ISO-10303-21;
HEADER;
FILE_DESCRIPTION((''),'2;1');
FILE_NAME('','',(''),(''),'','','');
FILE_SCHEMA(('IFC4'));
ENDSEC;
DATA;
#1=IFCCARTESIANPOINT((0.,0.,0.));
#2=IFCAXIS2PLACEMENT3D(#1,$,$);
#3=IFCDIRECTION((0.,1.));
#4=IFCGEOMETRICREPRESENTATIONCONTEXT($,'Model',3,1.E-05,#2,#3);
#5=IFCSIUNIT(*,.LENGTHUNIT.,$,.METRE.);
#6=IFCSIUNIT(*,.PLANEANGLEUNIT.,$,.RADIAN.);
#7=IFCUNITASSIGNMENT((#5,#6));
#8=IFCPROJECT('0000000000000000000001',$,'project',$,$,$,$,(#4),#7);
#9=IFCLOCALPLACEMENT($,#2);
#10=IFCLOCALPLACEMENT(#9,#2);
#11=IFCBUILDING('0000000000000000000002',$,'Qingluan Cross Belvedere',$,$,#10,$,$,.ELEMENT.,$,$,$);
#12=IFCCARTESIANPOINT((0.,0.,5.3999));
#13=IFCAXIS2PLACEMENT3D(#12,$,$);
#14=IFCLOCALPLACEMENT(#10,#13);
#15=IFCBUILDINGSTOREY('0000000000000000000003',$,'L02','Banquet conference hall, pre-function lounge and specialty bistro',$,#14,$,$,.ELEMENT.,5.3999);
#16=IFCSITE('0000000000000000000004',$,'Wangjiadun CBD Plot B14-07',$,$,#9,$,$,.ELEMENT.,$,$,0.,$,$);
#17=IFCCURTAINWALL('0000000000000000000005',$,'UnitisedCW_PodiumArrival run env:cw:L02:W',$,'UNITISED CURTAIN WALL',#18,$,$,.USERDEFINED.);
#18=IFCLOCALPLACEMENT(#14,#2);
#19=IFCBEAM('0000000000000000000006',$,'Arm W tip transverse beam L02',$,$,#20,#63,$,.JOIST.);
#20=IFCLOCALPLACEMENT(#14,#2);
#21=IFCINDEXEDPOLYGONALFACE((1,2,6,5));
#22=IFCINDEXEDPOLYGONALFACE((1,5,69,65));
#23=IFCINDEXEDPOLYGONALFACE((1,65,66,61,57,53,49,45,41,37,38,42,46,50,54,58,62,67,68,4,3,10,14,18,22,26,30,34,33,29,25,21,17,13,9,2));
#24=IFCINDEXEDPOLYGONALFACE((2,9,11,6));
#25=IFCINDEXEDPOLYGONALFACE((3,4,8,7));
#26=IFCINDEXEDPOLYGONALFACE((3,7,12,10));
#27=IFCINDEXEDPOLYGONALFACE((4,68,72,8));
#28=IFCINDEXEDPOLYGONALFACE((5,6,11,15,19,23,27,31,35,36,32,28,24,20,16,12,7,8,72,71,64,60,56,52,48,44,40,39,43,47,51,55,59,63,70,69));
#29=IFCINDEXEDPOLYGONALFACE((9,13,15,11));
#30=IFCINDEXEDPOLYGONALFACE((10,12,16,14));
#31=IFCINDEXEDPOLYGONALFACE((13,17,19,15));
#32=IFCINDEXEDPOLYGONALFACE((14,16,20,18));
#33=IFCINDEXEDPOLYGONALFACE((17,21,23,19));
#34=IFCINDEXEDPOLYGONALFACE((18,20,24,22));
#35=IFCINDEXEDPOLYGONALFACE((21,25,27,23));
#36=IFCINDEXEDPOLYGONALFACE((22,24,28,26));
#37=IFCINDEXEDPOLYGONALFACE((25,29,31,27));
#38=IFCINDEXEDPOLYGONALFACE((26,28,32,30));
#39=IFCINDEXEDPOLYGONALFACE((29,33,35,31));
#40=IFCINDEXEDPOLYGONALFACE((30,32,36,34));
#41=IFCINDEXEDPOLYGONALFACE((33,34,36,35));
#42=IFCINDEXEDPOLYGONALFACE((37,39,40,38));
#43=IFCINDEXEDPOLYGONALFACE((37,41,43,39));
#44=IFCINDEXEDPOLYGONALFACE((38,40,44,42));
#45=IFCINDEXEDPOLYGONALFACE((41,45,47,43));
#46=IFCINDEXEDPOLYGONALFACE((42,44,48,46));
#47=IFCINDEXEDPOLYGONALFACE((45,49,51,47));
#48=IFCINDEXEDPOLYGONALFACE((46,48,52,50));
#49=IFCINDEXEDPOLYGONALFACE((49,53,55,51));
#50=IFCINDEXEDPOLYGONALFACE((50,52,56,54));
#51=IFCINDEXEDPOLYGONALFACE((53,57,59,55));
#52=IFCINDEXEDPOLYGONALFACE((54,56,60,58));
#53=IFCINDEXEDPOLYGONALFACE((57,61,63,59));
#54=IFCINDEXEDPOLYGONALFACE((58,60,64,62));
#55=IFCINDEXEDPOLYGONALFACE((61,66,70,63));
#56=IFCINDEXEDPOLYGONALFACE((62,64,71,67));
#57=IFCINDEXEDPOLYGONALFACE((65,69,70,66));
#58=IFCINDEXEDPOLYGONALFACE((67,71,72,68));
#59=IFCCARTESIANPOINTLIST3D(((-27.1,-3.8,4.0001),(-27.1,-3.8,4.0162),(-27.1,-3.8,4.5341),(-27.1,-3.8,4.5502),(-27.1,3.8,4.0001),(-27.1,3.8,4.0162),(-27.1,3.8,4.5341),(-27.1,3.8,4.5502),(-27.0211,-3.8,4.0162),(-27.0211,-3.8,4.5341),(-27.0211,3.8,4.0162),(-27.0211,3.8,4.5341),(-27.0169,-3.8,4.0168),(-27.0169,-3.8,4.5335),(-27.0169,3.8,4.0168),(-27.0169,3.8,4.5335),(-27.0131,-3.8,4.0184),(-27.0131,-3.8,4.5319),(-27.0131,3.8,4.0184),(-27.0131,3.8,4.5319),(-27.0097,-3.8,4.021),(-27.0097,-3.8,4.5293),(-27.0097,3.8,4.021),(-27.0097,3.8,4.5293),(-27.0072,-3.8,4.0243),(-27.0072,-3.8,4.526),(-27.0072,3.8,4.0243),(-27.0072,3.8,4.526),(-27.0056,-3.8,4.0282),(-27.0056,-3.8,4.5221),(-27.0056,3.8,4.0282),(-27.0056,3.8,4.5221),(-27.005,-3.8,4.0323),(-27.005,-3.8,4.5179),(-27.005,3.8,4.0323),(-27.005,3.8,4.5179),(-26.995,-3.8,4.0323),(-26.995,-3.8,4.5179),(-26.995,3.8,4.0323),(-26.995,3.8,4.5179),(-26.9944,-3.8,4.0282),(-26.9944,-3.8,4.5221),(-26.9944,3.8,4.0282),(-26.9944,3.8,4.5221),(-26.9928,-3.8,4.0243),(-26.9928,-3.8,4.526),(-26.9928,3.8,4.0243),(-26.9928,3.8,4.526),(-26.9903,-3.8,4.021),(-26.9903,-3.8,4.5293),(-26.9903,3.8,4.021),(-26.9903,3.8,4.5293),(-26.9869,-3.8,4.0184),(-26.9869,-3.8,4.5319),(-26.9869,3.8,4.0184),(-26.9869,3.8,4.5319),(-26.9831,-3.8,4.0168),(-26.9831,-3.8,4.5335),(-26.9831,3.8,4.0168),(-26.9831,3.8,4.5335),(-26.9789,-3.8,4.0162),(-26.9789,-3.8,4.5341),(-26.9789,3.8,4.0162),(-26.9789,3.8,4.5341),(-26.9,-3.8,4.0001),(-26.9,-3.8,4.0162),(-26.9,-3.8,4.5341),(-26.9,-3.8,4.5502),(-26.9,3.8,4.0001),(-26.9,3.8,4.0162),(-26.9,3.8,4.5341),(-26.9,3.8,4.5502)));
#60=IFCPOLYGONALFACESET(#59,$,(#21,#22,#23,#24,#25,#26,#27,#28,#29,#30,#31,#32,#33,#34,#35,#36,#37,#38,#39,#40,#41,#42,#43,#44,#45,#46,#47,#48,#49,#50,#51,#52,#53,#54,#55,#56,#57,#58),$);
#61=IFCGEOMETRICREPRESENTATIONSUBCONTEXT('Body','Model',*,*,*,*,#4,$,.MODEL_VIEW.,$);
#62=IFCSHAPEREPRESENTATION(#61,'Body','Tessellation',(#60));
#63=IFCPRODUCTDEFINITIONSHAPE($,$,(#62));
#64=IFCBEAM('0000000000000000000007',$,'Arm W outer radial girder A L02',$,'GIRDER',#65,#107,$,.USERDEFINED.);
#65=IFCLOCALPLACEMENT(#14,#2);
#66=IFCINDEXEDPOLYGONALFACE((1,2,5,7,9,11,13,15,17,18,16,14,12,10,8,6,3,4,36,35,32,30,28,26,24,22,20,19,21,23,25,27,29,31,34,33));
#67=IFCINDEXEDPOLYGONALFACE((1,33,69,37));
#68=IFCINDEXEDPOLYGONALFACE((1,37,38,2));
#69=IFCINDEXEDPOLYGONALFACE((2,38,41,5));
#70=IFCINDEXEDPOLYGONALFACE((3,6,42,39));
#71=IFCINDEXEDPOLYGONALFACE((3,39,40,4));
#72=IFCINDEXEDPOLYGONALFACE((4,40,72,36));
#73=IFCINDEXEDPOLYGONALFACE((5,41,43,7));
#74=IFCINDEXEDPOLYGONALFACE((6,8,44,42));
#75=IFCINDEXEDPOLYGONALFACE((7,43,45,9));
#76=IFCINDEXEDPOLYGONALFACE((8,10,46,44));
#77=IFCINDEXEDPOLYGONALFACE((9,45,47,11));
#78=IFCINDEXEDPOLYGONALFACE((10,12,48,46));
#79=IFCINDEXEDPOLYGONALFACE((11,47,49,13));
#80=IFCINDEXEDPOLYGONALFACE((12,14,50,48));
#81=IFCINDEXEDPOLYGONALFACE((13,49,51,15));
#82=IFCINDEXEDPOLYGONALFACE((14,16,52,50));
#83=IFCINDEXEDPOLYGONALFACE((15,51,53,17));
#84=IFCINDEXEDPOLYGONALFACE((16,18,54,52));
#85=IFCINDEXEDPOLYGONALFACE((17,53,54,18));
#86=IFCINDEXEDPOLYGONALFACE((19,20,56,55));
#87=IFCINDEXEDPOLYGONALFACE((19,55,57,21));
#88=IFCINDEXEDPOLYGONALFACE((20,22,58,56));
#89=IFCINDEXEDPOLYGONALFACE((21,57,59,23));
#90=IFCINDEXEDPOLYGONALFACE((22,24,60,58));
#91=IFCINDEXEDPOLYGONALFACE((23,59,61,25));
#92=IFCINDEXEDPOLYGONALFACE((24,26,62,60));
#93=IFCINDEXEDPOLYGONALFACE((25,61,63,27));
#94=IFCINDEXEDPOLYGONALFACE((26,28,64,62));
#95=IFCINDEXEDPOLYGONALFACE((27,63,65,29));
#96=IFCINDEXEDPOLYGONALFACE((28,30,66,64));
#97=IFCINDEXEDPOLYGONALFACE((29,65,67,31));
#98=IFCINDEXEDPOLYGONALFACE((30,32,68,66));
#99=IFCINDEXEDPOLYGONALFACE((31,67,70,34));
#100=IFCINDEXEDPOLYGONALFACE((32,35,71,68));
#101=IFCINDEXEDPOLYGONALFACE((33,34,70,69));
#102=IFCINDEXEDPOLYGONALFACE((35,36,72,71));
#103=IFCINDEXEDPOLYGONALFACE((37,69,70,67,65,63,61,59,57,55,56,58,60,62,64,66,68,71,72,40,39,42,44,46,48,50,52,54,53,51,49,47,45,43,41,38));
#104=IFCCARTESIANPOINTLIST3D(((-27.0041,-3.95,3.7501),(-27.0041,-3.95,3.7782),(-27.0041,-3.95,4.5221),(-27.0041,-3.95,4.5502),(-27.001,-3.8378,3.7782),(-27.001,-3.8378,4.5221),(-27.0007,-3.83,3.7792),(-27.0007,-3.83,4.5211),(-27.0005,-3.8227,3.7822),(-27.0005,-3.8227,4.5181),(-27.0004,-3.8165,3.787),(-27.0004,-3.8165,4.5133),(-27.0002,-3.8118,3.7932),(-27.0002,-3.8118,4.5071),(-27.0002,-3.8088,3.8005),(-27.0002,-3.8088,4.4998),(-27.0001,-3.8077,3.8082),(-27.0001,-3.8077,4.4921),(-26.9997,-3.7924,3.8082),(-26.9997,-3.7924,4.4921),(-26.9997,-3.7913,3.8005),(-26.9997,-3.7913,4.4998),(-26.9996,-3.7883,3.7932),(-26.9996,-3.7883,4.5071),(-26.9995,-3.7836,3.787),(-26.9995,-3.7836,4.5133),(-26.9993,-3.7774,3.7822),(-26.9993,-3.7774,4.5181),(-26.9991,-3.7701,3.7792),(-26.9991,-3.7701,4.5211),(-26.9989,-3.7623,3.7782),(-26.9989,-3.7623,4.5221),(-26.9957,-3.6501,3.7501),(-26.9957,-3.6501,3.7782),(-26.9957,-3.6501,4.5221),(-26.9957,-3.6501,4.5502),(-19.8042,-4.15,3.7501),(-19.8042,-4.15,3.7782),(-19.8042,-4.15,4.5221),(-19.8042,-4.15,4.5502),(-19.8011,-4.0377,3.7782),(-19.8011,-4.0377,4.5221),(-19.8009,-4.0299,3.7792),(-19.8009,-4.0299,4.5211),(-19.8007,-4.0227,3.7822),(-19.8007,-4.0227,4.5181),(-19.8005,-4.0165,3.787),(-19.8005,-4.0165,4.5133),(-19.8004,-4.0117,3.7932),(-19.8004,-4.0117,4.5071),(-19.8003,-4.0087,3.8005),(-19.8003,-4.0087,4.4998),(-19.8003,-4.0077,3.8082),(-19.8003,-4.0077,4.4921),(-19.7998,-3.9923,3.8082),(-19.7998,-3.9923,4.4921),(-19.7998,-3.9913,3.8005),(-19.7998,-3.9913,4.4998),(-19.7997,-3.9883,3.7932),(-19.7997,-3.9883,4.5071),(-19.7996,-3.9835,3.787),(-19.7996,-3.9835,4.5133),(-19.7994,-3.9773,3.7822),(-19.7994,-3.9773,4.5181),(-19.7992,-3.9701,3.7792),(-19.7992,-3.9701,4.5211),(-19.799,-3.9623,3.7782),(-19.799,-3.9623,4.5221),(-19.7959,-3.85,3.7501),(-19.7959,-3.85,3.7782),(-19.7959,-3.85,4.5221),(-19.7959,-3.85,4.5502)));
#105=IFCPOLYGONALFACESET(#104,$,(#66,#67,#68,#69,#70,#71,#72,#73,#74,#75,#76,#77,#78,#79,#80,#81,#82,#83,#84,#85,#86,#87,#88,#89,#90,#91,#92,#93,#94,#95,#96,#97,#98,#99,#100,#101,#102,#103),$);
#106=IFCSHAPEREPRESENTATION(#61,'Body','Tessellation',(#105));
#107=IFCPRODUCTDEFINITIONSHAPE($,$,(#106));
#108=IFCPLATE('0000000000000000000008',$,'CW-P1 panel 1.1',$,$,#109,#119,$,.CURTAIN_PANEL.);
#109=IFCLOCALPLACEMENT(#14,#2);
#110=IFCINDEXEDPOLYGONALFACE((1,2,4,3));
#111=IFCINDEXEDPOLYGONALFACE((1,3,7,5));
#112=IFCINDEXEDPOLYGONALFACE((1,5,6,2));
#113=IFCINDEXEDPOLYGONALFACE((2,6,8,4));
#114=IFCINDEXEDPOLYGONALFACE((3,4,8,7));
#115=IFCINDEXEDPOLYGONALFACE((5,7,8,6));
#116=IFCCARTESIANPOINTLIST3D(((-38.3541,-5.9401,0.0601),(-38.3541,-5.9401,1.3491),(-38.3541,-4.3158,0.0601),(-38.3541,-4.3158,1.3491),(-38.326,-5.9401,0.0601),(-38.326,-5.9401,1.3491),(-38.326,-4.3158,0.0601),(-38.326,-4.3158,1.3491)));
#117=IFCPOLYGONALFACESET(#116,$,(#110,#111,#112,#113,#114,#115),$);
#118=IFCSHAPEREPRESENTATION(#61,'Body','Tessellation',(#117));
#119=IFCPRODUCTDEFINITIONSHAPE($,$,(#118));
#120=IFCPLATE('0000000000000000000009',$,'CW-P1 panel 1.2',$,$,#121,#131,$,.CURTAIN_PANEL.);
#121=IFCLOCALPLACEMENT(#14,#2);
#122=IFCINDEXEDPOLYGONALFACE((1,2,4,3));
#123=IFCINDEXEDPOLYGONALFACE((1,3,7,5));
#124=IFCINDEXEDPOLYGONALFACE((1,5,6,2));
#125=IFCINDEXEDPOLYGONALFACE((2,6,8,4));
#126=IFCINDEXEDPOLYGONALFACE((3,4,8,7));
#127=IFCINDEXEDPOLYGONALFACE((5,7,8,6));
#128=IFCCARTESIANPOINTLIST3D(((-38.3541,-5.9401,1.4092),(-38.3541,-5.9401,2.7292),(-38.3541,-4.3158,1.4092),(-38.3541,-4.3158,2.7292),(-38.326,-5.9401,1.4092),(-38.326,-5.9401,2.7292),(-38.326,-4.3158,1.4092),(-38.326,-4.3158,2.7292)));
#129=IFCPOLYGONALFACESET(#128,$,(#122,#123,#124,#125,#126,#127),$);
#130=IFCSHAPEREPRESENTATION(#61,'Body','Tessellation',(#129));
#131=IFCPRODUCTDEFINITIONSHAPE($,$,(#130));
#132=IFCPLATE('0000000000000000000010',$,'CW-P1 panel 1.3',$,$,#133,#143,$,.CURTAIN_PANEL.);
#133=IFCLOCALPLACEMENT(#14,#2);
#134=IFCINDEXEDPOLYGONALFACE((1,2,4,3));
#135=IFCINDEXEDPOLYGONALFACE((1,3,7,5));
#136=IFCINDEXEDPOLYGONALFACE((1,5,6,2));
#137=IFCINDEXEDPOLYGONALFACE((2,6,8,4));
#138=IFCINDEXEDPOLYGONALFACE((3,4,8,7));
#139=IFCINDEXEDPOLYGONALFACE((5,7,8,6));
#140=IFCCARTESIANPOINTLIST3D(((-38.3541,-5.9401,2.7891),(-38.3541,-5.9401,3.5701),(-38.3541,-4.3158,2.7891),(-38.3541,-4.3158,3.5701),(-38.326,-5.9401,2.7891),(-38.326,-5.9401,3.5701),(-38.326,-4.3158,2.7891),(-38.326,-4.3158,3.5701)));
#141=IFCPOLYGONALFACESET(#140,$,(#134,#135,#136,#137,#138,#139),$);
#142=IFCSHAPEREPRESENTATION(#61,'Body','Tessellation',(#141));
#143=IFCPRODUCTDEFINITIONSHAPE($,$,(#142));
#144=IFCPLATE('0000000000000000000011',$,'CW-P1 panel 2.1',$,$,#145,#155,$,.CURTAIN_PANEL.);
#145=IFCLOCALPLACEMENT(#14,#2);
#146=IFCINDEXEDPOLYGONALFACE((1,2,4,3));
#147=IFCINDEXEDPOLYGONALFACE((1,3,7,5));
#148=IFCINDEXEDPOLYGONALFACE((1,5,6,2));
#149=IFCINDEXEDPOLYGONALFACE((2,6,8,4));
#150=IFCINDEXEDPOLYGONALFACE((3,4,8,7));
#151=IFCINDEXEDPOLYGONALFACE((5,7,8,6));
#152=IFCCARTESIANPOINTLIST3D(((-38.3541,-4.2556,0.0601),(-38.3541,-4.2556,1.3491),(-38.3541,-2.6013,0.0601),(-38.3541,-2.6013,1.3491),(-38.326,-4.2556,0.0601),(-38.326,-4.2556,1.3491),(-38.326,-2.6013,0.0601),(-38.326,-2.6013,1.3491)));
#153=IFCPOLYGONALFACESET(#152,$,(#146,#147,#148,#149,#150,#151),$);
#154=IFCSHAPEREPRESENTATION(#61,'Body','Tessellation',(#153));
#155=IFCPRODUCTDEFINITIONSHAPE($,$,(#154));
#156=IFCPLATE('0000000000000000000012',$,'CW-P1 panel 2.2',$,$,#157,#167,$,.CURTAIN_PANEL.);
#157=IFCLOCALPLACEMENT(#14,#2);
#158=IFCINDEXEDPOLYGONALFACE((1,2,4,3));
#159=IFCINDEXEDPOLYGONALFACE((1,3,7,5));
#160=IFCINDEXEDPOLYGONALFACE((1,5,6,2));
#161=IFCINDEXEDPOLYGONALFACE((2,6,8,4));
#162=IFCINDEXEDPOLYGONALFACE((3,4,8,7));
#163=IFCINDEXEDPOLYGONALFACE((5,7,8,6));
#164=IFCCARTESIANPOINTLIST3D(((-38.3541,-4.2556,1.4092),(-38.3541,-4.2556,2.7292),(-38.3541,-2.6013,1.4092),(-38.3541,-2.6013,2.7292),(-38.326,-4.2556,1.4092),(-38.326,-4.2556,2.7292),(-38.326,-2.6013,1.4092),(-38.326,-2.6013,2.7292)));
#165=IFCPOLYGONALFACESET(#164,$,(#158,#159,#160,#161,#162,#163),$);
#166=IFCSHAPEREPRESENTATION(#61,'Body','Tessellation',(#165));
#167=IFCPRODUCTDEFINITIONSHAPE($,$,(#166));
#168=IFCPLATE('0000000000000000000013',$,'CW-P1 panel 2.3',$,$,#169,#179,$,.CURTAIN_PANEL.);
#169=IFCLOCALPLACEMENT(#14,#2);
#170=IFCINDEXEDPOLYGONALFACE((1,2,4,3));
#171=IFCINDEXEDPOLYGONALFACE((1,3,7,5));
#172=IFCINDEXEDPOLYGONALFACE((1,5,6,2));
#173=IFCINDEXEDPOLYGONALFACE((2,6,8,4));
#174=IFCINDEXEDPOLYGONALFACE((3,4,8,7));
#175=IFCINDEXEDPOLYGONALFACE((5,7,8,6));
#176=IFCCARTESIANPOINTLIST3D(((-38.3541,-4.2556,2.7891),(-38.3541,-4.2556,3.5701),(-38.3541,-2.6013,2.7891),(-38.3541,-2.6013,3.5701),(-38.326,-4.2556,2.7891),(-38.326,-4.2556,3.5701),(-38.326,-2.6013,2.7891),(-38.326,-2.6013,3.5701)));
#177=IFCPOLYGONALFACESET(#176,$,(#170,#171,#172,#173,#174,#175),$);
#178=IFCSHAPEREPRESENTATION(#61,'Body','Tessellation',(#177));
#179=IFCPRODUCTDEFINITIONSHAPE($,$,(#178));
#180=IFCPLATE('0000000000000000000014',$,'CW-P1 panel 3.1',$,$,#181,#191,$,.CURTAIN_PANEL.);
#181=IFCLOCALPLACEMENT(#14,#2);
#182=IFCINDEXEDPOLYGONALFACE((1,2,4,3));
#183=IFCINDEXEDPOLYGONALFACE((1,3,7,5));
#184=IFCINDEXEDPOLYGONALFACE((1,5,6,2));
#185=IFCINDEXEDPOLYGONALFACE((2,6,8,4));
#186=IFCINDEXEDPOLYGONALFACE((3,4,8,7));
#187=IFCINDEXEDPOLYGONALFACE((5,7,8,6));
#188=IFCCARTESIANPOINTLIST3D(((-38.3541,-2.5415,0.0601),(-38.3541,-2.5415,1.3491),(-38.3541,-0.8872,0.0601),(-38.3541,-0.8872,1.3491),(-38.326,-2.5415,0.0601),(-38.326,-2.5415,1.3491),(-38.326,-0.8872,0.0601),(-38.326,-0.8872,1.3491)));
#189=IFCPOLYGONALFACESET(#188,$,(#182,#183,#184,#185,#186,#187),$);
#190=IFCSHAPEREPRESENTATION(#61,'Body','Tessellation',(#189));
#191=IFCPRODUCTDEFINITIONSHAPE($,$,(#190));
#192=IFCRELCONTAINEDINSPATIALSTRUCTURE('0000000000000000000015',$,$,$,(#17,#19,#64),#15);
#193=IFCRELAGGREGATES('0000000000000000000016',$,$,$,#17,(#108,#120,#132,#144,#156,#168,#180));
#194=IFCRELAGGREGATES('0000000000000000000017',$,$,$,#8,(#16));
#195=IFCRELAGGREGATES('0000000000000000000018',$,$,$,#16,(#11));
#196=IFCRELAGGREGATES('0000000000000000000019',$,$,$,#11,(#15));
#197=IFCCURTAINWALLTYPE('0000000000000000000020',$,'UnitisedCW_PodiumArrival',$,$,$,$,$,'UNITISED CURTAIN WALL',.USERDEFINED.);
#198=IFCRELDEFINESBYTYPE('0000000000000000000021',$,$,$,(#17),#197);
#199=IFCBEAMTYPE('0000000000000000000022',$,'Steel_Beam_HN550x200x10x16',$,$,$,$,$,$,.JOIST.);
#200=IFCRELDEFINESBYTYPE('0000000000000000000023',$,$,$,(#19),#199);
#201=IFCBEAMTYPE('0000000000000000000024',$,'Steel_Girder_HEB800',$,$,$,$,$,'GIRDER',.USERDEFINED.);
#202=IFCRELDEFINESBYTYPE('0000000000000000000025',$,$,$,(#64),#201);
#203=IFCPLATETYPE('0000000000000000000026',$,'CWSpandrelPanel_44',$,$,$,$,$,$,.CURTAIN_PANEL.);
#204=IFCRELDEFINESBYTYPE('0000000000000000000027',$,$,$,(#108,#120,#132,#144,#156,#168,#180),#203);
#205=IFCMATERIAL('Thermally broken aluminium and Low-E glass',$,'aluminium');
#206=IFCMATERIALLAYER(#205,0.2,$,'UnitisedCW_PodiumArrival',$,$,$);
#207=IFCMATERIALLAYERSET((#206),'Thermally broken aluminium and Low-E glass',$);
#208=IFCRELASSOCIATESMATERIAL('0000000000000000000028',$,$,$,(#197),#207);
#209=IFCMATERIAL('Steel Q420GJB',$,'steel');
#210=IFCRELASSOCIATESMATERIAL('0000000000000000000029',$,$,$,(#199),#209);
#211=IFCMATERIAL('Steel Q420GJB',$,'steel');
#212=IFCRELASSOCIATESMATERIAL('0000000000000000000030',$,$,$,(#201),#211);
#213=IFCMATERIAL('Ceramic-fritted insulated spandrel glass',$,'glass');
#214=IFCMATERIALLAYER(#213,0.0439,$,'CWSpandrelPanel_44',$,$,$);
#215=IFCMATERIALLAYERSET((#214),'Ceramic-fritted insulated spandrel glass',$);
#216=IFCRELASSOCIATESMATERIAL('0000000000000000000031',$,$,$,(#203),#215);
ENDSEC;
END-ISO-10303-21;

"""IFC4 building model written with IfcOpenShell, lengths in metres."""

from ifc_helpers import new_model, si_unit, direction, frame, origin, origin_2d, place, context, subcontext, project, spatial, rectangle, i_section, extrude, material, layer, layer_set, material_profile, profile_set, type_object, element, aggregate, save


model = new_model("IFC4")

# Units and contexts
model_context = context("Model", 3, precision=1e-05, world=origin(), true_north=direction((0.0, 1.0)))
body_context = subcontext(model_context, "Body", "Model", "MODEL_VIEW")
ifc_project = project(units=[si_unit("LENGTHUNIT", "METRE"), si_unit("PLANEANGLEUNIT", "RADIAN")], contexts=[model_context])

# Site, building, storey
site_placement = place(None, origin())
site = spatial("IfcSite", under=ifc_project, at=site_placement, Name="Wangjiadun CBD Plot B14-07", CompositionType="ELEMENT", RefElevation=0.0)
building_placement = place(site_placement, origin())
building = spatial("IfcBuilding", under=site, at=building_placement, Name="Qingluan Cross Belvedere", CompositionType="ELEMENT")
storey_placement = place(building_placement, frame((0.0, 0.0, 5.3999)))
storey = spatial("IfcBuildingStorey", under=building, at=storey_placement, Name="L02", Description="Banquet conference hall, pre-function lounge and specialty bistro", CompositionType="ELEMENT", Elevation=5.3999)

# Curtain wall
ifc_material_1 = material(Name="Thermally broken aluminium and Low-E glass", Category="aluminium")
ifc_layer_1 = layer(ifc_material_1, 0.2, Name="UnitisedCW_PodiumArrival")
ifc_layer_set_1 = layer_set([ifc_layer_1], Name="Thermally broken aluminium and Low-E glass")
curtain_wall_type = type_object("IfcCurtainWallType", Name="UnitisedCW_PodiumArrival", ElementType="UNITISED CURTAIN WALL", PredefinedType="USERDEFINED", material=ifc_layer_set_1)
curtain_wall_placement = place(storey_placement, origin())
curtain_wall = element("IfcCurtainWall", 1, at=curtain_wall_placement, inside=storey, type_object=curtain_wall_type, Name="UnitisedCW_PodiumArrival run env:cw:L02:W", ObjectType="UNITISED CURTAIN WALL", PredefinedType="USERDEFINED")

# Beams
ifc_material_2 = material(Name="Steel Q420GJB", Category="steel")
ifc_material_profile_1 = material_profile(ifc_material_2, i_section(OverallWidth=0.2, OverallDepth=0.55, WebThickness=0.01, FlangeThickness=0.0161, FilletRadius=0.0161, at=origin_2d()), Name="HN550x200x10x16")
ifc_profile_set_1 = profile_set([ifc_material_profile_1], Name="Steel Q420GJB")
beam_type_1 = type_object("IfcBeamType", Name="Steel_Beam_HN550x200x10x16", PredefinedType="JOIST", material=ifc_profile_set_1)
beam_1_placement = place(storey_placement, frame((-27.0, -3.8, 4.2751), z_axis=(0.0, 1.0, 0.0), x_axis=(-1.0, 0.0, 0.0)))
element("IfcBeam", 2, at=beam_1_placement, inside=storey, type_object=beam_type_1, Name="Arm W tip transverse beam L02", PredefinedType="JOIST", context=body_context, shape_type="SweptSolid", body=[
    extrude(i_section(OverallWidth=0.2, OverallDepth=0.55, WebThickness=0.01, FlangeThickness=0.0161, FilletRadius=0.0161, at=origin_2d()), origin(), (0.0, 0.0, 1.0), 7.6001),
])
ifc_material_3 = material(Name="Steel Q420GJB", Category="steel")
ifc_material_profile_2 = material_profile(ifc_material_3, i_section(OverallWidth=0.3, OverallDepth=0.8, WebThickness=0.0154, FlangeThickness=0.0281, FilletRadius=0.03, at=origin_2d()), Name="HEB800")
ifc_profile_set_2 = profile_set([ifc_material_profile_2], Name="Steel Q420GJB")
beam_type_2 = type_object("IfcBeamType", Name="Steel_Girder_HEB800", ElementType="GIRDER", PredefinedType="USERDEFINED", material=ifc_profile_set_2)
beam_2_placement = place(storey_placement, frame((-19.8, -4.0, 4.1501), z_axis=(-0.999615, 0.02776, 0.0), x_axis=(-0.02776, -0.999615, 0.0)))
element("IfcBeam", 3, at=beam_2_placement, inside=storey, type_object=beam_type_2, Name="Arm W outer radial girder A L02", ObjectType="GIRDER", PredefinedType="USERDEFINED", context=body_context, shape_type="SweptSolid", body=[
    extrude(i_section(OverallWidth=0.3, OverallDepth=0.8, WebThickness=0.0154, FlangeThickness=0.0281, FilletRadius=0.03, at=origin_2d()), origin(), (0.0, 0.0, 1.0), 7.2026),
])

# Plates
ifc_material_4 = material(Name="Ceramic-fritted insulated spandrel glass", Category="glass")
ifc_layer_2 = layer(ifc_material_4, 0.0439, Name="CWSpandrelPanel_44")
ifc_layer_set_2 = layer_set([ifc_layer_2], Name="Ceramic-fritted insulated spandrel glass")
plate_type = type_object("IfcPlateType", Name="CWSpandrelPanel_44", PredefinedType="CURTAIN_PANEL", material=ifc_layer_set_2)
plate_1_placement = place(storey_placement, frame((-38.3401, -5.1279, 0.0601), z_axis=(0.0, 0.0, 1.0), x_axis=(0.0, 1.0, 0.0)))
plate_1 = element("IfcPlate", 4, at=plate_1_placement, type_object=plate_type, Name="CW-P1 panel 1.1", PredefinedType="CURTAIN_PANEL", context=body_context, shape_type="SweptSolid", body=[
    extrude(rectangle(XDim=1.6243, YDim=0.0281, at=origin_2d()), origin(), (0.0, 0.0, 1.0), 1.2891),
])
plate_2_placement = place(storey_placement, frame((-38.3401, -5.1279, 1.4092), z_axis=(0.0, 0.0, 1.0), x_axis=(0.0, 1.0, 0.0)))
plate_2 = element("IfcPlate", 5, at=plate_2_placement, type_object=plate_type, Name="CW-P1 panel 1.2", PredefinedType="CURTAIN_PANEL", context=body_context, shape_type="SweptSolid", body=[
    extrude(rectangle(XDim=1.6243, YDim=0.0281, at=origin_2d()), origin(), (0.0, 0.0, 1.0), 1.3201),
])
plate_3_placement = place(storey_placement, frame((-38.3401, -5.1279, 2.7891), z_axis=(0.0, 0.0, 1.0), x_axis=(0.0, 1.0, 0.0)))
plate_3 = element("IfcPlate", 6, at=plate_3_placement, type_object=plate_type, Name="CW-P1 panel 1.3", PredefinedType="CURTAIN_PANEL", context=body_context, shape_type="SweptSolid", body=[
    extrude(rectangle(XDim=1.6243, YDim=0.0281, at=origin_2d()), origin(), (0.0, 0.0, 1.0), 0.781),
])
plate_4_placement = place(storey_placement, frame((-38.3401, -3.4285, 0.0601), z_axis=(0.0, 0.0, 1.0), x_axis=(0.0, 1.0, 0.0)))
plate_4 = element("IfcPlate", 7, at=plate_4_placement, type_object=plate_type, Name="CW-P1 panel 2.1", PredefinedType="CURTAIN_PANEL", context=body_context, shape_type="SweptSolid", body=[
    extrude(rectangle(XDim=1.6543, YDim=0.0281, at=origin_2d()), origin(), (0.0, 0.0, 1.0), 1.2891),
])
plate_5_placement = place(storey_placement, frame((-38.3401, -3.4285, 1.4092), z_axis=(0.0, 0.0, 1.0), x_axis=(0.0, 1.0, 0.0)))
plate_5 = element("IfcPlate", 8, at=plate_5_placement, type_object=plate_type, Name="CW-P1 panel 2.2", PredefinedType="CURTAIN_PANEL", context=body_context, shape_type="SweptSolid", body=[
    extrude(rectangle(XDim=1.6543, YDim=0.0281, at=origin_2d()), origin(), (0.0, 0.0, 1.0), 1.3201),
])
plate_6_placement = place(storey_placement, frame((-38.3401, -3.4285, 2.7891), z_axis=(0.0, 0.0, 1.0), x_axis=(0.0, 1.0, 0.0)))
plate_6 = element("IfcPlate", 9, at=plate_6_placement, type_object=plate_type, Name="CW-P1 panel 2.3", PredefinedType="CURTAIN_PANEL", context=body_context, shape_type="SweptSolid", body=[
    extrude(rectangle(XDim=1.6543, YDim=0.0281, at=origin_2d()), origin(), (0.0, 0.0, 1.0), 0.781),
])
plate_7_placement = place(storey_placement, frame((-38.3401, -1.7144, 0.0601), z_axis=(0.0, 0.0, 1.0), x_axis=(0.0, 1.0, 0.0)))
plate_7 = element("IfcPlate", 10, at=plate_7_placement, type_object=plate_type, Name="CW-P1 panel 3.1", PredefinedType="CURTAIN_PANEL", context=body_context, shape_type="SweptSolid", body=[
    extrude(rectangle(XDim=1.6543, YDim=0.0281, at=origin_2d()), origin(), (0.0, 0.0, 1.0), 1.2891),
])
aggregate(curtain_wall, [plate_1, plate_2, plate_3, plate_4, plate_5, plate_6, plate_7])

save(model, "model.ifc")
